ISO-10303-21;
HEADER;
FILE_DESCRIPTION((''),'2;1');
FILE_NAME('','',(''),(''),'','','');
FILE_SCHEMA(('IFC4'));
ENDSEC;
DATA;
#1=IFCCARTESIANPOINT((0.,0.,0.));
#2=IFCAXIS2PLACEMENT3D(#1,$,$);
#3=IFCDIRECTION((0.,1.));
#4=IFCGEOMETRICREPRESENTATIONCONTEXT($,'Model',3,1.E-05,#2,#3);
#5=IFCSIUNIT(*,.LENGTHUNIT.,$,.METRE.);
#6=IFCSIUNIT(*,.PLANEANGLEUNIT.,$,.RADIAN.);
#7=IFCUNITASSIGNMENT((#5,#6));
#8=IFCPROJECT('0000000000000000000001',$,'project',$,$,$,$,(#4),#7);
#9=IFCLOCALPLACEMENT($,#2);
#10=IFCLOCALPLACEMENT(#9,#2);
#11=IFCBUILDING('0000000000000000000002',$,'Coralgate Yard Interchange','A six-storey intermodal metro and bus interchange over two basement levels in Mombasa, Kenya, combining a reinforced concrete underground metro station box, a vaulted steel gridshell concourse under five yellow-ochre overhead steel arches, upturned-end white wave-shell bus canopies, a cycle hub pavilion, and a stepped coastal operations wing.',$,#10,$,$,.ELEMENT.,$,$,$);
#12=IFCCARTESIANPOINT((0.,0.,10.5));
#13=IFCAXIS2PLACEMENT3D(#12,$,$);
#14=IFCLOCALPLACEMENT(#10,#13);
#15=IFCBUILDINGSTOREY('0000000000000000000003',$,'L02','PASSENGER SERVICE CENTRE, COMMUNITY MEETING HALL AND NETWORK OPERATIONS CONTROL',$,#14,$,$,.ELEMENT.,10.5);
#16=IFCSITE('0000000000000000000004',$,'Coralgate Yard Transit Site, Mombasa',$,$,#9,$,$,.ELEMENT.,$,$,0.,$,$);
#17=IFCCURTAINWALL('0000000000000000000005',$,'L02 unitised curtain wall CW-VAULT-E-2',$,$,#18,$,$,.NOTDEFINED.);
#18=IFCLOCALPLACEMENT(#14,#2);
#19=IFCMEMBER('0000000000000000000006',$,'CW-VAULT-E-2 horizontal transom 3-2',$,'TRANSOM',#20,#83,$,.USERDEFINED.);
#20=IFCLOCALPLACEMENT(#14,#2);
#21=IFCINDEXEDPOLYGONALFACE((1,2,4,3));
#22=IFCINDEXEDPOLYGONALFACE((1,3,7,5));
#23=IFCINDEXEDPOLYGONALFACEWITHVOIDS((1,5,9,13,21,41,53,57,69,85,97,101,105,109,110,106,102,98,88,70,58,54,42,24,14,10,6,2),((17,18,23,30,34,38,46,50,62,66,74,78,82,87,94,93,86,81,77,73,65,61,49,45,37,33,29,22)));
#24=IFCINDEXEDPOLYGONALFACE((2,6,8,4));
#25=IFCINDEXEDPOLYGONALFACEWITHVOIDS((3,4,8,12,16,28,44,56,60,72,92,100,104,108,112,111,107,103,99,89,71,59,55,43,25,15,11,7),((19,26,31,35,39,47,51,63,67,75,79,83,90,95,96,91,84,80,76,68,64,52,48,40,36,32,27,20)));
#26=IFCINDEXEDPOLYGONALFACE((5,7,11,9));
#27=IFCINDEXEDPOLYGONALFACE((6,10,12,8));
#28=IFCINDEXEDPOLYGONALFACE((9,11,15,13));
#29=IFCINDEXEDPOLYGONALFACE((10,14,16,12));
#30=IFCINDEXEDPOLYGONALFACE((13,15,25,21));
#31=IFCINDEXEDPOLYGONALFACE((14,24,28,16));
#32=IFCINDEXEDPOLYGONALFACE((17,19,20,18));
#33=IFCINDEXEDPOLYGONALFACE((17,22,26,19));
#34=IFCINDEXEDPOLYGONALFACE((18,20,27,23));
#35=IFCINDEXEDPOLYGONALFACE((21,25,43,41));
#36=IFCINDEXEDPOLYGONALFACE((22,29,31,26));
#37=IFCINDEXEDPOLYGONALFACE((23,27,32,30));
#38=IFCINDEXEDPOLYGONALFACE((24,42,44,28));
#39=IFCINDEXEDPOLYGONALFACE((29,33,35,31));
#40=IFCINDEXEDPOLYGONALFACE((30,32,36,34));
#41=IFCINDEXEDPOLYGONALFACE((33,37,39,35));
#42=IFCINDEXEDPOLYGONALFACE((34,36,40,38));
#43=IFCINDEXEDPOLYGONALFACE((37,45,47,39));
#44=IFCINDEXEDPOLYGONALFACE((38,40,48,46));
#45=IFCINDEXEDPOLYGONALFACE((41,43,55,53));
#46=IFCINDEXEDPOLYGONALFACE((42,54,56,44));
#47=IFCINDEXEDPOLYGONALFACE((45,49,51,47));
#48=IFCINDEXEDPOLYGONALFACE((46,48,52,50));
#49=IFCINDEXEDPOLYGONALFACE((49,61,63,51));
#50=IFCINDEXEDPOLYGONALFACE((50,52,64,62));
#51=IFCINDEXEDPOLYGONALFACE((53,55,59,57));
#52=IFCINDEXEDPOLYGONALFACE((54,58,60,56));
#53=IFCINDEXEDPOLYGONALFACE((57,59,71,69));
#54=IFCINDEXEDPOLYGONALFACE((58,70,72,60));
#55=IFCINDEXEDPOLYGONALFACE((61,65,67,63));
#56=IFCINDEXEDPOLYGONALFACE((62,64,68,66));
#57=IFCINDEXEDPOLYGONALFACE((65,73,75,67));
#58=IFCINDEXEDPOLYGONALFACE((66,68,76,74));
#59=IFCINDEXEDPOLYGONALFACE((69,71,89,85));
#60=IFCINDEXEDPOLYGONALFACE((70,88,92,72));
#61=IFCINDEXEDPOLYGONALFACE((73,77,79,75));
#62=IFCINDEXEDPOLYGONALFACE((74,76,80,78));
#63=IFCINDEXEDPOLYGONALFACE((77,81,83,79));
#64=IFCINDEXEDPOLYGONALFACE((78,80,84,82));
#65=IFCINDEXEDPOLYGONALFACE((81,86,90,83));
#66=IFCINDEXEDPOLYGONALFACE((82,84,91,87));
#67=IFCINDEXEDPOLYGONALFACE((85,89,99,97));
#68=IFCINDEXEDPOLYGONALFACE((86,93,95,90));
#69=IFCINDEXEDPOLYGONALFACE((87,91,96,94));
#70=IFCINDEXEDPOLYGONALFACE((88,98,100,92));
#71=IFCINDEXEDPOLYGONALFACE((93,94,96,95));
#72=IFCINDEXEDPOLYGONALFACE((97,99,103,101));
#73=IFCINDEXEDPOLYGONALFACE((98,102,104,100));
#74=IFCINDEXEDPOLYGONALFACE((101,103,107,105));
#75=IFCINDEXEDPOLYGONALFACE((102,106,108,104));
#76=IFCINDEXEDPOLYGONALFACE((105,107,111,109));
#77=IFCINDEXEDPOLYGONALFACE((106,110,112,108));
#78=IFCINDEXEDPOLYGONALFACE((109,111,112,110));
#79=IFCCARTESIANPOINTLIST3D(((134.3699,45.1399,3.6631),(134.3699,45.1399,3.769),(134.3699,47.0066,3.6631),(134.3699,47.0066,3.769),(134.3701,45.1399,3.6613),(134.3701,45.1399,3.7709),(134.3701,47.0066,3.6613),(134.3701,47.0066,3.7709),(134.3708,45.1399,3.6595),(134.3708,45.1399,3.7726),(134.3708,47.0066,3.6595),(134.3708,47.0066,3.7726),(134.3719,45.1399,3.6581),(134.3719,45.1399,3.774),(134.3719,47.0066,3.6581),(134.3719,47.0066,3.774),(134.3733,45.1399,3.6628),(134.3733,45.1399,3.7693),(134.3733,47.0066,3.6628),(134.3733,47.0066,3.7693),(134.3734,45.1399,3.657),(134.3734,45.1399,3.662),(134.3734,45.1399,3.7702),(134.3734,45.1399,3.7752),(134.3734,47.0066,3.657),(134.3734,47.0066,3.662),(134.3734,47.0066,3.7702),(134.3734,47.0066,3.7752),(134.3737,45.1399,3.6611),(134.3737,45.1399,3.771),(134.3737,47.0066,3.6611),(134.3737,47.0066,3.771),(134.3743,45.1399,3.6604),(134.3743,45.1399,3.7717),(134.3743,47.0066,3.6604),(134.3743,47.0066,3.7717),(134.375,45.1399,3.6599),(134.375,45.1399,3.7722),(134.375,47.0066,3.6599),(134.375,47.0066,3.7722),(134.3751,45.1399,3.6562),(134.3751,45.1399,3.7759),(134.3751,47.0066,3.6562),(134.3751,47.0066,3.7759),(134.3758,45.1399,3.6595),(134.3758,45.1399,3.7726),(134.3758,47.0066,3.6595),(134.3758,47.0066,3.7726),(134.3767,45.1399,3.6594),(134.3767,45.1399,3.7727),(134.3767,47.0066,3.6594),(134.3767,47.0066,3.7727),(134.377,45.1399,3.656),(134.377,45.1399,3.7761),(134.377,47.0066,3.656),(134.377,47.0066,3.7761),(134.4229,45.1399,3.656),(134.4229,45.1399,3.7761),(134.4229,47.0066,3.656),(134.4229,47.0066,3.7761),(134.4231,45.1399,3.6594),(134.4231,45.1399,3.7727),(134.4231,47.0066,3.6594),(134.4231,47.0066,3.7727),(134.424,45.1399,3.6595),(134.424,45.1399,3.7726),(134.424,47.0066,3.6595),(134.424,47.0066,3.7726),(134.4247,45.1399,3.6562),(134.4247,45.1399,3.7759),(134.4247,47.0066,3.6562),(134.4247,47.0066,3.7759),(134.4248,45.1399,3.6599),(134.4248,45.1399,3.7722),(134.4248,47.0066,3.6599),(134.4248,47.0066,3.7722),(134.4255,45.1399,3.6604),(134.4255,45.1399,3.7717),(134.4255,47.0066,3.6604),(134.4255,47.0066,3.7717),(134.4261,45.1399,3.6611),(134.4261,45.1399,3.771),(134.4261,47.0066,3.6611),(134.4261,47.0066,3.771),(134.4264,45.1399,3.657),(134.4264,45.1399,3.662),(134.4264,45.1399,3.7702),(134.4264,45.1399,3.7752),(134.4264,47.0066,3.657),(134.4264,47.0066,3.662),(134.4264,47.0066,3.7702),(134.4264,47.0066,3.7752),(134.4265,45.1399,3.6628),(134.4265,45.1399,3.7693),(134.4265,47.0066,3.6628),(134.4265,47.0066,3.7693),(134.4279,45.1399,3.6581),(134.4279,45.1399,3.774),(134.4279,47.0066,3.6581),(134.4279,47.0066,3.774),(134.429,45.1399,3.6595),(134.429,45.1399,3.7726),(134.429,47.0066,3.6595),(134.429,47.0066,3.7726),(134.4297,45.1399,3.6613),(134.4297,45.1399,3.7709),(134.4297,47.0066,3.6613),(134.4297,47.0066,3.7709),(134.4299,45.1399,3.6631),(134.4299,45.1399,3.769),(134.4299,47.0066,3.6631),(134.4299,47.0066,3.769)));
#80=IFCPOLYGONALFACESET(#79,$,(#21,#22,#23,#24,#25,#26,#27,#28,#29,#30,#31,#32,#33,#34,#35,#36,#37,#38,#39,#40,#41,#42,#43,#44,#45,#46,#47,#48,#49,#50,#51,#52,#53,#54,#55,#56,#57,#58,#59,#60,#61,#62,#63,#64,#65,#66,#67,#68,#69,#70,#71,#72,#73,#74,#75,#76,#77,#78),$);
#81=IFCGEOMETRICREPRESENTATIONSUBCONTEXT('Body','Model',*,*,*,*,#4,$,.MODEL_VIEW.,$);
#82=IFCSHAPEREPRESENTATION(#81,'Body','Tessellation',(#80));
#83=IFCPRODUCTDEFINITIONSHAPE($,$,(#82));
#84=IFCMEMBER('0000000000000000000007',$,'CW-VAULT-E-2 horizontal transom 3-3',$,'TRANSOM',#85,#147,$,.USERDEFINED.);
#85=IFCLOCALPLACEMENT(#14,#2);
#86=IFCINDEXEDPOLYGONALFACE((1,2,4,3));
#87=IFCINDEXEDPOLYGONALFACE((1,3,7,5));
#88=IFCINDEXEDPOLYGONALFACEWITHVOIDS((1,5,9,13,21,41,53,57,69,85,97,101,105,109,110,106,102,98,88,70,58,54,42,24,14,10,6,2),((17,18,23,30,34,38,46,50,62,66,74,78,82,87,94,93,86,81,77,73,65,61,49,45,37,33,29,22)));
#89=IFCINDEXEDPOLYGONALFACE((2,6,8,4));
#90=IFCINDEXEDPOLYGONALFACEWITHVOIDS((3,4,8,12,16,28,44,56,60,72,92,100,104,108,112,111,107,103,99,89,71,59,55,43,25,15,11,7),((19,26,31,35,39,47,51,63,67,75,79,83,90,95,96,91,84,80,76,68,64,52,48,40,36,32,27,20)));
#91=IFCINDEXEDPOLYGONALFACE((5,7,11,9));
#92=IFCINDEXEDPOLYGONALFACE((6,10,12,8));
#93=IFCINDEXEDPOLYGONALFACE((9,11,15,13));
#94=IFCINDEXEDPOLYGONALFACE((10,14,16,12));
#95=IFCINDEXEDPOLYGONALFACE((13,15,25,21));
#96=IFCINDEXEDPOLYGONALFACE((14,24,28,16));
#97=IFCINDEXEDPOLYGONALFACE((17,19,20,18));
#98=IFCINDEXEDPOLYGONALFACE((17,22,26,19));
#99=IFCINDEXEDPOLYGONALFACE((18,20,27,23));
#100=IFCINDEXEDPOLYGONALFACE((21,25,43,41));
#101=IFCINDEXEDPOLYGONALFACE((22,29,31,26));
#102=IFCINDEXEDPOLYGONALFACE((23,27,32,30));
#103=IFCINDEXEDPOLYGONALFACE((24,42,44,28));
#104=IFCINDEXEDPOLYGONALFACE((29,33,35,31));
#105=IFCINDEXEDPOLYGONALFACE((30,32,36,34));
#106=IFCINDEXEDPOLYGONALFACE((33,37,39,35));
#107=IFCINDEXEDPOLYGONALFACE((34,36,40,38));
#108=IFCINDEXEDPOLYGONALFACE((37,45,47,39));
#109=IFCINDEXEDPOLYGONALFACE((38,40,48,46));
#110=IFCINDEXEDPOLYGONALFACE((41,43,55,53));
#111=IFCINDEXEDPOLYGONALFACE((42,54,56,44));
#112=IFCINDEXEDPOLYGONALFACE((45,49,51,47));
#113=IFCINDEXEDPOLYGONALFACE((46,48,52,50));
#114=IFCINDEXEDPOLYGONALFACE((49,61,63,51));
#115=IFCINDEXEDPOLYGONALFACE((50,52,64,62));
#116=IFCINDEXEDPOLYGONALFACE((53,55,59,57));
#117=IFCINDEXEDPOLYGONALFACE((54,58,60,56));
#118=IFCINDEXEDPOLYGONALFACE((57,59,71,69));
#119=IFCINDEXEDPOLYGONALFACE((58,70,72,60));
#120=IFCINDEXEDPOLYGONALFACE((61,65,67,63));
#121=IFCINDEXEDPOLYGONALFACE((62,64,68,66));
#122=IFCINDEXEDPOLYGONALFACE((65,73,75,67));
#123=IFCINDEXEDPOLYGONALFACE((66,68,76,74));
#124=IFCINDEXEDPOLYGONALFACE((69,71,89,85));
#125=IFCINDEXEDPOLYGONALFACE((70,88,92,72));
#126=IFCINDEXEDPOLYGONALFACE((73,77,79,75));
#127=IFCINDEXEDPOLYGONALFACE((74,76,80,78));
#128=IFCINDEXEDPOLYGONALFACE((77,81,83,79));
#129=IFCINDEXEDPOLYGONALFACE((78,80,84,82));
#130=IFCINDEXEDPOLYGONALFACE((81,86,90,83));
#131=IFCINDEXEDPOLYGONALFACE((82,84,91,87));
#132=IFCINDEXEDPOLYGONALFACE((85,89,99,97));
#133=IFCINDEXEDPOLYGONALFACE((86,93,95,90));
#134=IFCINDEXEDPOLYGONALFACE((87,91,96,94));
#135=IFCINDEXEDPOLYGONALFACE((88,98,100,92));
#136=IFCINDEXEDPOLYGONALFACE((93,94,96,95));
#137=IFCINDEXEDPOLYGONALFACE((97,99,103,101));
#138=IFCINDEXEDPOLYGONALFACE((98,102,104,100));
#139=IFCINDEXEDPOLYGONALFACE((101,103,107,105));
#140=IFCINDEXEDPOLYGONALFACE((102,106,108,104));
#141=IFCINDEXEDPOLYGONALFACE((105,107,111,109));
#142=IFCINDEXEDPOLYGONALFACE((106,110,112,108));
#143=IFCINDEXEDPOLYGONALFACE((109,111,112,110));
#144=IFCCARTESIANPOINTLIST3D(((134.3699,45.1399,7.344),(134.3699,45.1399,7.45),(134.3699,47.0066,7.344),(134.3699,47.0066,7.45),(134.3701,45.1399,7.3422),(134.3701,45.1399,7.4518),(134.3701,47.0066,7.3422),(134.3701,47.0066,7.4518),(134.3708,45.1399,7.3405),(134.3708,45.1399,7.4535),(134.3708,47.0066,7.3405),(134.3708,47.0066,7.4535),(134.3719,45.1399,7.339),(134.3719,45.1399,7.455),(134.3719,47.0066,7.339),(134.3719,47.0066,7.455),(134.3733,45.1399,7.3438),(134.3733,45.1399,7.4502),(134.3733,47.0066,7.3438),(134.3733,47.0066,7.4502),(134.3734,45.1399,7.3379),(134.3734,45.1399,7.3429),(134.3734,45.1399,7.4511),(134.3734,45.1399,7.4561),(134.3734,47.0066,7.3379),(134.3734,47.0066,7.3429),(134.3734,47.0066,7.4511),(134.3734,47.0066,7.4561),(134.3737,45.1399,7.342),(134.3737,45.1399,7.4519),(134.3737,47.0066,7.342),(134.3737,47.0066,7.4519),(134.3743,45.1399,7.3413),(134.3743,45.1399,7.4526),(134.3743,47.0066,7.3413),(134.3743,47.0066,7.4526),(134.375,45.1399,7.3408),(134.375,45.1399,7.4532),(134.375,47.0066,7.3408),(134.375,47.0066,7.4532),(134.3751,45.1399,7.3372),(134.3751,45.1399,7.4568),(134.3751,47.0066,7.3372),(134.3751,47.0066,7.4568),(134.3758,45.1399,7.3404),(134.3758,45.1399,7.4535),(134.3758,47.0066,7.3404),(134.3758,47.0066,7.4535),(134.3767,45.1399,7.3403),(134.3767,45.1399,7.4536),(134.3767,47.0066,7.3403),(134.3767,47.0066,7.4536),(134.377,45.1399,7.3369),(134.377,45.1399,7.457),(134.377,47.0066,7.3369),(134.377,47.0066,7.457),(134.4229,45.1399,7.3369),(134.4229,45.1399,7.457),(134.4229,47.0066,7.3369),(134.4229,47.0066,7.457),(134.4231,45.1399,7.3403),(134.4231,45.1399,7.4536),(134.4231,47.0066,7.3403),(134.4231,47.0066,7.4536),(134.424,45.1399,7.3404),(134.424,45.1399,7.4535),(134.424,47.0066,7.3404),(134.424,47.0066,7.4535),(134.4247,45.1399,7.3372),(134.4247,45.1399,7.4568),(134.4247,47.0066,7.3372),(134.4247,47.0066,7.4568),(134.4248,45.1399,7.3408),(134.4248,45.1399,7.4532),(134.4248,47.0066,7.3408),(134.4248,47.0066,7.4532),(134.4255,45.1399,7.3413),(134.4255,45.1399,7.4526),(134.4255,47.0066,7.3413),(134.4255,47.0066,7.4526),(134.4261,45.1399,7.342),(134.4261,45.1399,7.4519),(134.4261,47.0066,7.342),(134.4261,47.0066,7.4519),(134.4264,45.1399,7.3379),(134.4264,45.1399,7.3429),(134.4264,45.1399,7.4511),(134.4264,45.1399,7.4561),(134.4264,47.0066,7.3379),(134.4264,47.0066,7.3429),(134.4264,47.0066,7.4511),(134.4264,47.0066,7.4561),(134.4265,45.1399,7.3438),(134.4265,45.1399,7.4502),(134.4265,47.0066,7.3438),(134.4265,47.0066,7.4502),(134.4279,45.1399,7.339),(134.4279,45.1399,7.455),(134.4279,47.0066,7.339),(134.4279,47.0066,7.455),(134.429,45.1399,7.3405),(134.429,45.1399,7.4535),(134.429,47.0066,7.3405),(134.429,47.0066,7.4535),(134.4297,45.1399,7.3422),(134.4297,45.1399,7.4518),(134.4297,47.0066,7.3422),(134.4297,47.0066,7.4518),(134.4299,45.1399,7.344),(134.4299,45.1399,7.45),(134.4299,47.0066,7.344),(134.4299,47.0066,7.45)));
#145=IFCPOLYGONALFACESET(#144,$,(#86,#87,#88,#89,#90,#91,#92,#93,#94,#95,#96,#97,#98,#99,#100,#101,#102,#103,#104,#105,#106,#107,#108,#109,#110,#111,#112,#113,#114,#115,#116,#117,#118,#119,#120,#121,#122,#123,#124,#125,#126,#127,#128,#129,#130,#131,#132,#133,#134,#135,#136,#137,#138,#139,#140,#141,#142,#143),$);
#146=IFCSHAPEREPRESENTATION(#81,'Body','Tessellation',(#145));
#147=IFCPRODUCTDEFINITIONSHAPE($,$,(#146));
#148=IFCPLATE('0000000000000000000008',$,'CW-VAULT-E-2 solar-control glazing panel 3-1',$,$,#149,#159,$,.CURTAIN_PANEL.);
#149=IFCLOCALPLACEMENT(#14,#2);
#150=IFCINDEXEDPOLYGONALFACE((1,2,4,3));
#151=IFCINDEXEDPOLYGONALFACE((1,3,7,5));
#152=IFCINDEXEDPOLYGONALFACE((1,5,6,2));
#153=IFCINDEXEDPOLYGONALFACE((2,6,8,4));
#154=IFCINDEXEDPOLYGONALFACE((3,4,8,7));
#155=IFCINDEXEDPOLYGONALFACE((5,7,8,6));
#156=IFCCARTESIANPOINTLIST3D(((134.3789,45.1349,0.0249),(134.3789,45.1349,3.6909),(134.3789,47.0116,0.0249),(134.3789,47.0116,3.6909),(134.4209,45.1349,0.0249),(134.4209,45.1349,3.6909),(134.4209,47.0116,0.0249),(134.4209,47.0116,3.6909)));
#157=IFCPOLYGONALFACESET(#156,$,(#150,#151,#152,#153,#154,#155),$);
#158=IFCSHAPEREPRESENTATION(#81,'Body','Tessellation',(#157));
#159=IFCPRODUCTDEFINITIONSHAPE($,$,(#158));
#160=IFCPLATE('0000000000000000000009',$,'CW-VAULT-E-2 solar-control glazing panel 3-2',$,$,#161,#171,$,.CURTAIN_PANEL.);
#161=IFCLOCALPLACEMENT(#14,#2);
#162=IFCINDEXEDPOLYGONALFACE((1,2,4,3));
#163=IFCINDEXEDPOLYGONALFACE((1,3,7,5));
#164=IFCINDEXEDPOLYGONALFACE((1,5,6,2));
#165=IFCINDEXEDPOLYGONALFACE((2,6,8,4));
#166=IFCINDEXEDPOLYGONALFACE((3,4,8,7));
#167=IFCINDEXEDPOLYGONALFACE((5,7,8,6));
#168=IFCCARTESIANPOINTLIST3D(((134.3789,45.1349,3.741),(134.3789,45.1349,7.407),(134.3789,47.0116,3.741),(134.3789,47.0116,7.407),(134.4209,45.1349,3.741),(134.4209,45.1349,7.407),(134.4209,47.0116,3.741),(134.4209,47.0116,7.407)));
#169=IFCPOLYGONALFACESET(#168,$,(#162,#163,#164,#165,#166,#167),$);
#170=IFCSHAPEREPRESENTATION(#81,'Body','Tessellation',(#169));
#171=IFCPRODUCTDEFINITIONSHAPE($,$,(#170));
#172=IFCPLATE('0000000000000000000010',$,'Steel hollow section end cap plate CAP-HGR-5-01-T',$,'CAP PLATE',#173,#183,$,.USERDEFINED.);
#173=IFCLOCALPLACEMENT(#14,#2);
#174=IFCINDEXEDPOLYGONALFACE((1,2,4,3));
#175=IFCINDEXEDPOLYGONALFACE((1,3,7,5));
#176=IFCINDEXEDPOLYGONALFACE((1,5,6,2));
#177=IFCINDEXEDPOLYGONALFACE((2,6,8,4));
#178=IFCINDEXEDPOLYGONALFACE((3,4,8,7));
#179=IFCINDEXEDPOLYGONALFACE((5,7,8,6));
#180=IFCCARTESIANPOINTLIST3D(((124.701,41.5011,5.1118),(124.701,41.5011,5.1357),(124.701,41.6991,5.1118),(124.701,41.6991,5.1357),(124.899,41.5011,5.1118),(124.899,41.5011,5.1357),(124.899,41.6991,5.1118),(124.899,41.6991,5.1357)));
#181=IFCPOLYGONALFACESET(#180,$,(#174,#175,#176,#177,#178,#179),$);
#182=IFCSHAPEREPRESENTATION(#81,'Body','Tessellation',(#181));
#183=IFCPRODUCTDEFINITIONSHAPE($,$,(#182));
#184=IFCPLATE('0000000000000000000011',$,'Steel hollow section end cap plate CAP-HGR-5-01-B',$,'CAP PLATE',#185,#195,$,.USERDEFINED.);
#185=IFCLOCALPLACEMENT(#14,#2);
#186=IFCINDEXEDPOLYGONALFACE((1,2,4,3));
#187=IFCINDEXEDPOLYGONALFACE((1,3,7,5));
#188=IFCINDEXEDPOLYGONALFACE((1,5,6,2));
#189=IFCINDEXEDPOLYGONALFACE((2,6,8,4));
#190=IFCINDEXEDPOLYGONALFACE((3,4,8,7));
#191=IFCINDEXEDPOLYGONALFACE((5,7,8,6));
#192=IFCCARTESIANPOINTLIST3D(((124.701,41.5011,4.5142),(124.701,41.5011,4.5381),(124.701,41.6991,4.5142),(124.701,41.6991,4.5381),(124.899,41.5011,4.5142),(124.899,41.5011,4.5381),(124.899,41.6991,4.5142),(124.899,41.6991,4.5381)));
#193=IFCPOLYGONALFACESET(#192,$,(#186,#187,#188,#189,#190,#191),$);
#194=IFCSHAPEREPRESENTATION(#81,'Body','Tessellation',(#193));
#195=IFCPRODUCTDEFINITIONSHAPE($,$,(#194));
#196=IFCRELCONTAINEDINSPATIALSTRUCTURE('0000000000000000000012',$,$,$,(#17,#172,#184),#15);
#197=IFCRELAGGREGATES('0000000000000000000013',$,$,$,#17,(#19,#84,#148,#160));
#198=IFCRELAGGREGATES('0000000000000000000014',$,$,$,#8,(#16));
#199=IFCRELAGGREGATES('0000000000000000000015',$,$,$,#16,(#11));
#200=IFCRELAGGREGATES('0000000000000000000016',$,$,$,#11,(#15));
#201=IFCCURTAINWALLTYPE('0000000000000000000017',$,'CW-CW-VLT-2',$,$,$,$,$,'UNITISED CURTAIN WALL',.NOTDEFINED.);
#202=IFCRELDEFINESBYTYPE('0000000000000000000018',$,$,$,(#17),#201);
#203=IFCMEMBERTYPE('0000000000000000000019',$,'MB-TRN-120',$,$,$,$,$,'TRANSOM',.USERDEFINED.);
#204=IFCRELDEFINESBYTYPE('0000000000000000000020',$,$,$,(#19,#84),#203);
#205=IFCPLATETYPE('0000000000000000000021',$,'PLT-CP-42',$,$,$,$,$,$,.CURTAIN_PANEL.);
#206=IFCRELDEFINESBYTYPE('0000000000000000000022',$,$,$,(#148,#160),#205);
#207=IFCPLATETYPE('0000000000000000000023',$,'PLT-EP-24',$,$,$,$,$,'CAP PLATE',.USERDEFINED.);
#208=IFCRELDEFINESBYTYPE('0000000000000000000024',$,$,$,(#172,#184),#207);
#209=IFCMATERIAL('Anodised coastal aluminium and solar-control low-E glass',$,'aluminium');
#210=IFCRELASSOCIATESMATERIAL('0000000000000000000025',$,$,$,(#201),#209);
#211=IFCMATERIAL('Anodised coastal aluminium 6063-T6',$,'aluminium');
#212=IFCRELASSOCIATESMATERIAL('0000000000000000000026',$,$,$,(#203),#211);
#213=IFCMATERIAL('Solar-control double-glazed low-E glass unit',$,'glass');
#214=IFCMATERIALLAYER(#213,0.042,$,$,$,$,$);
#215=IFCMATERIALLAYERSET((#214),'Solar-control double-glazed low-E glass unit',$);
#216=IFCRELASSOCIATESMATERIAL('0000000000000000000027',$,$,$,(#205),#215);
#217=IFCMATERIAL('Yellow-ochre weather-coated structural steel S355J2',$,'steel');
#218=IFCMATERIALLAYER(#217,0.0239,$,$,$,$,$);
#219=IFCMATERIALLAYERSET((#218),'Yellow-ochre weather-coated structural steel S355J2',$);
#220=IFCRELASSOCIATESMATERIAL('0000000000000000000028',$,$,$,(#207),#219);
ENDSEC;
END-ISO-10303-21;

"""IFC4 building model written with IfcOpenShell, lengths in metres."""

from ifc_helpers import new_model, si_unit, direction, frame, origin, origin_2d, place, context, subcontext, project, spatial, rectangle, hollow_rectangle, extrude, material, layer, layer_set, material_profile, profile_set, type_object, element, aggregate, save


model = new_model("IFC4")

# Units and contexts
model_context = context("Model", 3, precision=1e-05, world=origin(), true_north=direction((0.0, 1.0)))
body_context = subcontext(model_context, "Body", "Model", "MODEL_VIEW")
ifc_project = project(units=[si_unit("LENGTHUNIT", "METRE"), si_unit("PLANEANGLEUNIT", "RADIAN")], contexts=[model_context])

# Site, building, storey
site_placement = place(None, origin())
site = spatial("IfcSite", under=ifc_project, at=site_placement, Name="Coralgate Yard Transit Site, Mombasa", CompositionType="ELEMENT", RefElevation=0.0)
building_placement = place(site_placement, origin())
building = spatial("IfcBuilding", under=site, at=building_placement, Name="Coralgate Yard Interchange", Description="A six-storey intermodal metro and bus interchange over two basement levels in Mombasa, Kenya, combining a reinforced concrete underground metro station box, a vaulted steel gridshell concourse under five yellow-ochre overhead steel arches, upturned-end white wave-shell bus canopies, a cycle hub pavilion, and a stepped coastal operations wing.", CompositionType="ELEMENT")
storey_placement = place(building_placement, frame((0.0, 0.0, 10.5)))
storey = spatial("IfcBuildingStorey", under=building, at=storey_placement, Name="L02", Description="PASSENGER SERVICE CENTRE, COMMUNITY MEETING HALL AND NETWORK OPERATIONS CONTROL", CompositionType="ELEMENT", Elevation=10.5)

# Shared definitions
ifc_material_1 = material(Name="Yellow-ochre weather-coated structural steel S355J2", Category="steel")

# Curtain wall
ifc_material_2 = material(Name="Anodised coastal aluminium and solar-control low-E glass", Category="aluminium")
curtain_wall_type = type_object("IfcCurtainWallType", Name="CW-CW-VLT-2", ElementType="UNITISED CURTAIN WALL", PredefinedType="NOTDEFINED", material=ifc_material_2)
curtain_wall_placement = place(storey_placement, origin())
curtain_wall = element("IfcCurtainWall", 1, at=curtain_wall_placement, inside=storey, type_object=curtain_wall_type, Name="L02 unitised curtain wall CW-VAULT-E-2", PredefinedType="NOTDEFINED")
ifc_material_3 = material(Name="Anodised coastal aluminium 6063-T6", Category="aluminium")

# Members
ifc_material_profile_1 = material_profile(ifc_material_3, hollow_rectangle(XDim=0.0601, YDim=0.1201, WallThickness=0.0034, InnerFilletRadius=0.0034, OuterFilletRadius=0.0071, at=origin_2d()), Name="ALU 60x120x3.5")
ifc_profile_set_1 = profile_set([ifc_material_profile_1], Name="Anodised coastal aluminium 6063-T6")
member_type_1 = type_object("IfcMemberType", Name="MB-TRN-120", ElementType="TRANSOM", PredefinedType="USERDEFINED", material=ifc_profile_set_1)
member_1_placement = place(storey_placement, frame((134.3999, 47.0066, 3.7161), z_axis=(0.0, -1.0, 0.0), x_axis=(1.0, 0.0, 0.0)))
member_1 = element("IfcMember", 2, at=member_1_placement, type_object=member_type_1, Name="CW-VAULT-E-2 horizontal transom 3-2", ObjectType="TRANSOM", PredefinedType="USERDEFINED", context=body_context, shape_type="SweptSolid", body=[
    extrude(hollow_rectangle(XDim=0.0601, YDim=0.1201, WallThickness=0.0034, InnerFilletRadius=0.0034, OuterFilletRadius=0.0071, at=origin_2d()), origin(), (0.0, 0.0, 1.0), 1.8667),
])
member_2_placement = place(storey_placement, frame((134.3999, 47.0066, 7.397), z_axis=(0.0, -1.0, 0.0), x_axis=(1.0, 0.0, 0.0)))
member_2 = element("IfcMember", 3, at=member_2_placement, type_object=member_type_1, Name="CW-VAULT-E-2 horizontal transom 3-3", ObjectType="TRANSOM", PredefinedType="USERDEFINED", context=body_context, shape_type="SweptSolid", body=[
    extrude(hollow_rectangle(XDim=0.0601, YDim=0.1201, WallThickness=0.0034, InnerFilletRadius=0.0034, OuterFilletRadius=0.0071, at=origin_2d()), origin(), (0.0, 0.0, 1.0), 1.8667),
])

# Plates
ifc_material_4 = material(Name="Solar-control double-glazed low-E glass unit", Category="glass")
ifc_layer_1 = layer(ifc_material_4, 0.042)
ifc_layer_set_1 = layer_set([ifc_layer_1], Name="Solar-control double-glazed low-E glass unit")
plate_type_1 = type_object("IfcPlateType", Name="PLT-CP-42", PredefinedType="CURTAIN_PANEL", material=ifc_layer_set_1)
plate_1_placement = place(storey_placement, frame((134.3999, 46.0732, 0.0249), z_axis=(0.0, 0.0, 1.0), x_axis=(0.0, -1.0, 0.0)))
plate_1 = element("IfcPlate", 4, at=plate_1_placement, type_object=plate_type_1, Name="CW-VAULT-E-2 solar-control glazing panel 3-1", PredefinedType="CURTAIN_PANEL", context=body_context, shape_type="SweptSolid", body=[
    extrude(rectangle(XDim=1.8767, YDim=0.042, at=origin_2d()), origin(), (0.0, 0.0, 1.0), 3.666),
])
plate_2_placement = place(storey_placement, frame((134.3999, 46.0732, 3.741), z_axis=(0.0, 0.0, 1.0), x_axis=(0.0, -1.0, 0.0)))
plate_2 = element("IfcPlate", 5, at=plate_2_placement, type_object=plate_type_1, Name="CW-VAULT-E-2 solar-control glazing panel 3-2", PredefinedType="CURTAIN_PANEL", context=body_context, shape_type="SweptSolid", body=[
    extrude(rectangle(XDim=1.8767, YDim=0.042, at=origin_2d()), origin(), (0.0, 0.0, 1.0), 3.666),
])
aggregate(curtain_wall, [member_1, member_2, plate_1, plate_2])

# Plates
ifc_layer_2 = layer(ifc_material_1, 0.0239)
ifc_layer_set_2 = layer_set([ifc_layer_2], Name="Yellow-ochre weather-coated structural steel S355J2")
plate_type_2 = type_object("IfcPlateType", Name="PLT-EP-24", ElementType="CAP PLATE", PredefinedType="USERDEFINED", material=ifc_layer_set_2)
for number, where, z_axis, x_axis, name in (
    (6, (124.8, 41.6001, 5.1118), (0.0, 0.0, 1.0), (1.0, 0.0, 0.0), "Steel hollow section end cap plate CAP-HGR-5-01-T"),
    (7, (124.8, 41.6001, 4.5381), (0.0, 0.0, -1.0), (1.0, 0.0, 0.0), "Steel hollow section end cap plate CAP-HGR-5-01-B"),
):
    element("IfcPlate", number, at=place(storey_placement, frame(where, z_axis=z_axis, x_axis=x_axis)), inside=storey, type_object=plate_type_2, Name=name, ObjectType="CAP PLATE", PredefinedType="USERDEFINED", context=body_context, shape_type="SweptSolid", body=[
        extrude(rectangle(XDim=0.198, YDim=0.198, at=origin_2d()), origin(), (0.0, 0.0, 1.0), 0.0239),
    ])

save(model, "model.ifc")
